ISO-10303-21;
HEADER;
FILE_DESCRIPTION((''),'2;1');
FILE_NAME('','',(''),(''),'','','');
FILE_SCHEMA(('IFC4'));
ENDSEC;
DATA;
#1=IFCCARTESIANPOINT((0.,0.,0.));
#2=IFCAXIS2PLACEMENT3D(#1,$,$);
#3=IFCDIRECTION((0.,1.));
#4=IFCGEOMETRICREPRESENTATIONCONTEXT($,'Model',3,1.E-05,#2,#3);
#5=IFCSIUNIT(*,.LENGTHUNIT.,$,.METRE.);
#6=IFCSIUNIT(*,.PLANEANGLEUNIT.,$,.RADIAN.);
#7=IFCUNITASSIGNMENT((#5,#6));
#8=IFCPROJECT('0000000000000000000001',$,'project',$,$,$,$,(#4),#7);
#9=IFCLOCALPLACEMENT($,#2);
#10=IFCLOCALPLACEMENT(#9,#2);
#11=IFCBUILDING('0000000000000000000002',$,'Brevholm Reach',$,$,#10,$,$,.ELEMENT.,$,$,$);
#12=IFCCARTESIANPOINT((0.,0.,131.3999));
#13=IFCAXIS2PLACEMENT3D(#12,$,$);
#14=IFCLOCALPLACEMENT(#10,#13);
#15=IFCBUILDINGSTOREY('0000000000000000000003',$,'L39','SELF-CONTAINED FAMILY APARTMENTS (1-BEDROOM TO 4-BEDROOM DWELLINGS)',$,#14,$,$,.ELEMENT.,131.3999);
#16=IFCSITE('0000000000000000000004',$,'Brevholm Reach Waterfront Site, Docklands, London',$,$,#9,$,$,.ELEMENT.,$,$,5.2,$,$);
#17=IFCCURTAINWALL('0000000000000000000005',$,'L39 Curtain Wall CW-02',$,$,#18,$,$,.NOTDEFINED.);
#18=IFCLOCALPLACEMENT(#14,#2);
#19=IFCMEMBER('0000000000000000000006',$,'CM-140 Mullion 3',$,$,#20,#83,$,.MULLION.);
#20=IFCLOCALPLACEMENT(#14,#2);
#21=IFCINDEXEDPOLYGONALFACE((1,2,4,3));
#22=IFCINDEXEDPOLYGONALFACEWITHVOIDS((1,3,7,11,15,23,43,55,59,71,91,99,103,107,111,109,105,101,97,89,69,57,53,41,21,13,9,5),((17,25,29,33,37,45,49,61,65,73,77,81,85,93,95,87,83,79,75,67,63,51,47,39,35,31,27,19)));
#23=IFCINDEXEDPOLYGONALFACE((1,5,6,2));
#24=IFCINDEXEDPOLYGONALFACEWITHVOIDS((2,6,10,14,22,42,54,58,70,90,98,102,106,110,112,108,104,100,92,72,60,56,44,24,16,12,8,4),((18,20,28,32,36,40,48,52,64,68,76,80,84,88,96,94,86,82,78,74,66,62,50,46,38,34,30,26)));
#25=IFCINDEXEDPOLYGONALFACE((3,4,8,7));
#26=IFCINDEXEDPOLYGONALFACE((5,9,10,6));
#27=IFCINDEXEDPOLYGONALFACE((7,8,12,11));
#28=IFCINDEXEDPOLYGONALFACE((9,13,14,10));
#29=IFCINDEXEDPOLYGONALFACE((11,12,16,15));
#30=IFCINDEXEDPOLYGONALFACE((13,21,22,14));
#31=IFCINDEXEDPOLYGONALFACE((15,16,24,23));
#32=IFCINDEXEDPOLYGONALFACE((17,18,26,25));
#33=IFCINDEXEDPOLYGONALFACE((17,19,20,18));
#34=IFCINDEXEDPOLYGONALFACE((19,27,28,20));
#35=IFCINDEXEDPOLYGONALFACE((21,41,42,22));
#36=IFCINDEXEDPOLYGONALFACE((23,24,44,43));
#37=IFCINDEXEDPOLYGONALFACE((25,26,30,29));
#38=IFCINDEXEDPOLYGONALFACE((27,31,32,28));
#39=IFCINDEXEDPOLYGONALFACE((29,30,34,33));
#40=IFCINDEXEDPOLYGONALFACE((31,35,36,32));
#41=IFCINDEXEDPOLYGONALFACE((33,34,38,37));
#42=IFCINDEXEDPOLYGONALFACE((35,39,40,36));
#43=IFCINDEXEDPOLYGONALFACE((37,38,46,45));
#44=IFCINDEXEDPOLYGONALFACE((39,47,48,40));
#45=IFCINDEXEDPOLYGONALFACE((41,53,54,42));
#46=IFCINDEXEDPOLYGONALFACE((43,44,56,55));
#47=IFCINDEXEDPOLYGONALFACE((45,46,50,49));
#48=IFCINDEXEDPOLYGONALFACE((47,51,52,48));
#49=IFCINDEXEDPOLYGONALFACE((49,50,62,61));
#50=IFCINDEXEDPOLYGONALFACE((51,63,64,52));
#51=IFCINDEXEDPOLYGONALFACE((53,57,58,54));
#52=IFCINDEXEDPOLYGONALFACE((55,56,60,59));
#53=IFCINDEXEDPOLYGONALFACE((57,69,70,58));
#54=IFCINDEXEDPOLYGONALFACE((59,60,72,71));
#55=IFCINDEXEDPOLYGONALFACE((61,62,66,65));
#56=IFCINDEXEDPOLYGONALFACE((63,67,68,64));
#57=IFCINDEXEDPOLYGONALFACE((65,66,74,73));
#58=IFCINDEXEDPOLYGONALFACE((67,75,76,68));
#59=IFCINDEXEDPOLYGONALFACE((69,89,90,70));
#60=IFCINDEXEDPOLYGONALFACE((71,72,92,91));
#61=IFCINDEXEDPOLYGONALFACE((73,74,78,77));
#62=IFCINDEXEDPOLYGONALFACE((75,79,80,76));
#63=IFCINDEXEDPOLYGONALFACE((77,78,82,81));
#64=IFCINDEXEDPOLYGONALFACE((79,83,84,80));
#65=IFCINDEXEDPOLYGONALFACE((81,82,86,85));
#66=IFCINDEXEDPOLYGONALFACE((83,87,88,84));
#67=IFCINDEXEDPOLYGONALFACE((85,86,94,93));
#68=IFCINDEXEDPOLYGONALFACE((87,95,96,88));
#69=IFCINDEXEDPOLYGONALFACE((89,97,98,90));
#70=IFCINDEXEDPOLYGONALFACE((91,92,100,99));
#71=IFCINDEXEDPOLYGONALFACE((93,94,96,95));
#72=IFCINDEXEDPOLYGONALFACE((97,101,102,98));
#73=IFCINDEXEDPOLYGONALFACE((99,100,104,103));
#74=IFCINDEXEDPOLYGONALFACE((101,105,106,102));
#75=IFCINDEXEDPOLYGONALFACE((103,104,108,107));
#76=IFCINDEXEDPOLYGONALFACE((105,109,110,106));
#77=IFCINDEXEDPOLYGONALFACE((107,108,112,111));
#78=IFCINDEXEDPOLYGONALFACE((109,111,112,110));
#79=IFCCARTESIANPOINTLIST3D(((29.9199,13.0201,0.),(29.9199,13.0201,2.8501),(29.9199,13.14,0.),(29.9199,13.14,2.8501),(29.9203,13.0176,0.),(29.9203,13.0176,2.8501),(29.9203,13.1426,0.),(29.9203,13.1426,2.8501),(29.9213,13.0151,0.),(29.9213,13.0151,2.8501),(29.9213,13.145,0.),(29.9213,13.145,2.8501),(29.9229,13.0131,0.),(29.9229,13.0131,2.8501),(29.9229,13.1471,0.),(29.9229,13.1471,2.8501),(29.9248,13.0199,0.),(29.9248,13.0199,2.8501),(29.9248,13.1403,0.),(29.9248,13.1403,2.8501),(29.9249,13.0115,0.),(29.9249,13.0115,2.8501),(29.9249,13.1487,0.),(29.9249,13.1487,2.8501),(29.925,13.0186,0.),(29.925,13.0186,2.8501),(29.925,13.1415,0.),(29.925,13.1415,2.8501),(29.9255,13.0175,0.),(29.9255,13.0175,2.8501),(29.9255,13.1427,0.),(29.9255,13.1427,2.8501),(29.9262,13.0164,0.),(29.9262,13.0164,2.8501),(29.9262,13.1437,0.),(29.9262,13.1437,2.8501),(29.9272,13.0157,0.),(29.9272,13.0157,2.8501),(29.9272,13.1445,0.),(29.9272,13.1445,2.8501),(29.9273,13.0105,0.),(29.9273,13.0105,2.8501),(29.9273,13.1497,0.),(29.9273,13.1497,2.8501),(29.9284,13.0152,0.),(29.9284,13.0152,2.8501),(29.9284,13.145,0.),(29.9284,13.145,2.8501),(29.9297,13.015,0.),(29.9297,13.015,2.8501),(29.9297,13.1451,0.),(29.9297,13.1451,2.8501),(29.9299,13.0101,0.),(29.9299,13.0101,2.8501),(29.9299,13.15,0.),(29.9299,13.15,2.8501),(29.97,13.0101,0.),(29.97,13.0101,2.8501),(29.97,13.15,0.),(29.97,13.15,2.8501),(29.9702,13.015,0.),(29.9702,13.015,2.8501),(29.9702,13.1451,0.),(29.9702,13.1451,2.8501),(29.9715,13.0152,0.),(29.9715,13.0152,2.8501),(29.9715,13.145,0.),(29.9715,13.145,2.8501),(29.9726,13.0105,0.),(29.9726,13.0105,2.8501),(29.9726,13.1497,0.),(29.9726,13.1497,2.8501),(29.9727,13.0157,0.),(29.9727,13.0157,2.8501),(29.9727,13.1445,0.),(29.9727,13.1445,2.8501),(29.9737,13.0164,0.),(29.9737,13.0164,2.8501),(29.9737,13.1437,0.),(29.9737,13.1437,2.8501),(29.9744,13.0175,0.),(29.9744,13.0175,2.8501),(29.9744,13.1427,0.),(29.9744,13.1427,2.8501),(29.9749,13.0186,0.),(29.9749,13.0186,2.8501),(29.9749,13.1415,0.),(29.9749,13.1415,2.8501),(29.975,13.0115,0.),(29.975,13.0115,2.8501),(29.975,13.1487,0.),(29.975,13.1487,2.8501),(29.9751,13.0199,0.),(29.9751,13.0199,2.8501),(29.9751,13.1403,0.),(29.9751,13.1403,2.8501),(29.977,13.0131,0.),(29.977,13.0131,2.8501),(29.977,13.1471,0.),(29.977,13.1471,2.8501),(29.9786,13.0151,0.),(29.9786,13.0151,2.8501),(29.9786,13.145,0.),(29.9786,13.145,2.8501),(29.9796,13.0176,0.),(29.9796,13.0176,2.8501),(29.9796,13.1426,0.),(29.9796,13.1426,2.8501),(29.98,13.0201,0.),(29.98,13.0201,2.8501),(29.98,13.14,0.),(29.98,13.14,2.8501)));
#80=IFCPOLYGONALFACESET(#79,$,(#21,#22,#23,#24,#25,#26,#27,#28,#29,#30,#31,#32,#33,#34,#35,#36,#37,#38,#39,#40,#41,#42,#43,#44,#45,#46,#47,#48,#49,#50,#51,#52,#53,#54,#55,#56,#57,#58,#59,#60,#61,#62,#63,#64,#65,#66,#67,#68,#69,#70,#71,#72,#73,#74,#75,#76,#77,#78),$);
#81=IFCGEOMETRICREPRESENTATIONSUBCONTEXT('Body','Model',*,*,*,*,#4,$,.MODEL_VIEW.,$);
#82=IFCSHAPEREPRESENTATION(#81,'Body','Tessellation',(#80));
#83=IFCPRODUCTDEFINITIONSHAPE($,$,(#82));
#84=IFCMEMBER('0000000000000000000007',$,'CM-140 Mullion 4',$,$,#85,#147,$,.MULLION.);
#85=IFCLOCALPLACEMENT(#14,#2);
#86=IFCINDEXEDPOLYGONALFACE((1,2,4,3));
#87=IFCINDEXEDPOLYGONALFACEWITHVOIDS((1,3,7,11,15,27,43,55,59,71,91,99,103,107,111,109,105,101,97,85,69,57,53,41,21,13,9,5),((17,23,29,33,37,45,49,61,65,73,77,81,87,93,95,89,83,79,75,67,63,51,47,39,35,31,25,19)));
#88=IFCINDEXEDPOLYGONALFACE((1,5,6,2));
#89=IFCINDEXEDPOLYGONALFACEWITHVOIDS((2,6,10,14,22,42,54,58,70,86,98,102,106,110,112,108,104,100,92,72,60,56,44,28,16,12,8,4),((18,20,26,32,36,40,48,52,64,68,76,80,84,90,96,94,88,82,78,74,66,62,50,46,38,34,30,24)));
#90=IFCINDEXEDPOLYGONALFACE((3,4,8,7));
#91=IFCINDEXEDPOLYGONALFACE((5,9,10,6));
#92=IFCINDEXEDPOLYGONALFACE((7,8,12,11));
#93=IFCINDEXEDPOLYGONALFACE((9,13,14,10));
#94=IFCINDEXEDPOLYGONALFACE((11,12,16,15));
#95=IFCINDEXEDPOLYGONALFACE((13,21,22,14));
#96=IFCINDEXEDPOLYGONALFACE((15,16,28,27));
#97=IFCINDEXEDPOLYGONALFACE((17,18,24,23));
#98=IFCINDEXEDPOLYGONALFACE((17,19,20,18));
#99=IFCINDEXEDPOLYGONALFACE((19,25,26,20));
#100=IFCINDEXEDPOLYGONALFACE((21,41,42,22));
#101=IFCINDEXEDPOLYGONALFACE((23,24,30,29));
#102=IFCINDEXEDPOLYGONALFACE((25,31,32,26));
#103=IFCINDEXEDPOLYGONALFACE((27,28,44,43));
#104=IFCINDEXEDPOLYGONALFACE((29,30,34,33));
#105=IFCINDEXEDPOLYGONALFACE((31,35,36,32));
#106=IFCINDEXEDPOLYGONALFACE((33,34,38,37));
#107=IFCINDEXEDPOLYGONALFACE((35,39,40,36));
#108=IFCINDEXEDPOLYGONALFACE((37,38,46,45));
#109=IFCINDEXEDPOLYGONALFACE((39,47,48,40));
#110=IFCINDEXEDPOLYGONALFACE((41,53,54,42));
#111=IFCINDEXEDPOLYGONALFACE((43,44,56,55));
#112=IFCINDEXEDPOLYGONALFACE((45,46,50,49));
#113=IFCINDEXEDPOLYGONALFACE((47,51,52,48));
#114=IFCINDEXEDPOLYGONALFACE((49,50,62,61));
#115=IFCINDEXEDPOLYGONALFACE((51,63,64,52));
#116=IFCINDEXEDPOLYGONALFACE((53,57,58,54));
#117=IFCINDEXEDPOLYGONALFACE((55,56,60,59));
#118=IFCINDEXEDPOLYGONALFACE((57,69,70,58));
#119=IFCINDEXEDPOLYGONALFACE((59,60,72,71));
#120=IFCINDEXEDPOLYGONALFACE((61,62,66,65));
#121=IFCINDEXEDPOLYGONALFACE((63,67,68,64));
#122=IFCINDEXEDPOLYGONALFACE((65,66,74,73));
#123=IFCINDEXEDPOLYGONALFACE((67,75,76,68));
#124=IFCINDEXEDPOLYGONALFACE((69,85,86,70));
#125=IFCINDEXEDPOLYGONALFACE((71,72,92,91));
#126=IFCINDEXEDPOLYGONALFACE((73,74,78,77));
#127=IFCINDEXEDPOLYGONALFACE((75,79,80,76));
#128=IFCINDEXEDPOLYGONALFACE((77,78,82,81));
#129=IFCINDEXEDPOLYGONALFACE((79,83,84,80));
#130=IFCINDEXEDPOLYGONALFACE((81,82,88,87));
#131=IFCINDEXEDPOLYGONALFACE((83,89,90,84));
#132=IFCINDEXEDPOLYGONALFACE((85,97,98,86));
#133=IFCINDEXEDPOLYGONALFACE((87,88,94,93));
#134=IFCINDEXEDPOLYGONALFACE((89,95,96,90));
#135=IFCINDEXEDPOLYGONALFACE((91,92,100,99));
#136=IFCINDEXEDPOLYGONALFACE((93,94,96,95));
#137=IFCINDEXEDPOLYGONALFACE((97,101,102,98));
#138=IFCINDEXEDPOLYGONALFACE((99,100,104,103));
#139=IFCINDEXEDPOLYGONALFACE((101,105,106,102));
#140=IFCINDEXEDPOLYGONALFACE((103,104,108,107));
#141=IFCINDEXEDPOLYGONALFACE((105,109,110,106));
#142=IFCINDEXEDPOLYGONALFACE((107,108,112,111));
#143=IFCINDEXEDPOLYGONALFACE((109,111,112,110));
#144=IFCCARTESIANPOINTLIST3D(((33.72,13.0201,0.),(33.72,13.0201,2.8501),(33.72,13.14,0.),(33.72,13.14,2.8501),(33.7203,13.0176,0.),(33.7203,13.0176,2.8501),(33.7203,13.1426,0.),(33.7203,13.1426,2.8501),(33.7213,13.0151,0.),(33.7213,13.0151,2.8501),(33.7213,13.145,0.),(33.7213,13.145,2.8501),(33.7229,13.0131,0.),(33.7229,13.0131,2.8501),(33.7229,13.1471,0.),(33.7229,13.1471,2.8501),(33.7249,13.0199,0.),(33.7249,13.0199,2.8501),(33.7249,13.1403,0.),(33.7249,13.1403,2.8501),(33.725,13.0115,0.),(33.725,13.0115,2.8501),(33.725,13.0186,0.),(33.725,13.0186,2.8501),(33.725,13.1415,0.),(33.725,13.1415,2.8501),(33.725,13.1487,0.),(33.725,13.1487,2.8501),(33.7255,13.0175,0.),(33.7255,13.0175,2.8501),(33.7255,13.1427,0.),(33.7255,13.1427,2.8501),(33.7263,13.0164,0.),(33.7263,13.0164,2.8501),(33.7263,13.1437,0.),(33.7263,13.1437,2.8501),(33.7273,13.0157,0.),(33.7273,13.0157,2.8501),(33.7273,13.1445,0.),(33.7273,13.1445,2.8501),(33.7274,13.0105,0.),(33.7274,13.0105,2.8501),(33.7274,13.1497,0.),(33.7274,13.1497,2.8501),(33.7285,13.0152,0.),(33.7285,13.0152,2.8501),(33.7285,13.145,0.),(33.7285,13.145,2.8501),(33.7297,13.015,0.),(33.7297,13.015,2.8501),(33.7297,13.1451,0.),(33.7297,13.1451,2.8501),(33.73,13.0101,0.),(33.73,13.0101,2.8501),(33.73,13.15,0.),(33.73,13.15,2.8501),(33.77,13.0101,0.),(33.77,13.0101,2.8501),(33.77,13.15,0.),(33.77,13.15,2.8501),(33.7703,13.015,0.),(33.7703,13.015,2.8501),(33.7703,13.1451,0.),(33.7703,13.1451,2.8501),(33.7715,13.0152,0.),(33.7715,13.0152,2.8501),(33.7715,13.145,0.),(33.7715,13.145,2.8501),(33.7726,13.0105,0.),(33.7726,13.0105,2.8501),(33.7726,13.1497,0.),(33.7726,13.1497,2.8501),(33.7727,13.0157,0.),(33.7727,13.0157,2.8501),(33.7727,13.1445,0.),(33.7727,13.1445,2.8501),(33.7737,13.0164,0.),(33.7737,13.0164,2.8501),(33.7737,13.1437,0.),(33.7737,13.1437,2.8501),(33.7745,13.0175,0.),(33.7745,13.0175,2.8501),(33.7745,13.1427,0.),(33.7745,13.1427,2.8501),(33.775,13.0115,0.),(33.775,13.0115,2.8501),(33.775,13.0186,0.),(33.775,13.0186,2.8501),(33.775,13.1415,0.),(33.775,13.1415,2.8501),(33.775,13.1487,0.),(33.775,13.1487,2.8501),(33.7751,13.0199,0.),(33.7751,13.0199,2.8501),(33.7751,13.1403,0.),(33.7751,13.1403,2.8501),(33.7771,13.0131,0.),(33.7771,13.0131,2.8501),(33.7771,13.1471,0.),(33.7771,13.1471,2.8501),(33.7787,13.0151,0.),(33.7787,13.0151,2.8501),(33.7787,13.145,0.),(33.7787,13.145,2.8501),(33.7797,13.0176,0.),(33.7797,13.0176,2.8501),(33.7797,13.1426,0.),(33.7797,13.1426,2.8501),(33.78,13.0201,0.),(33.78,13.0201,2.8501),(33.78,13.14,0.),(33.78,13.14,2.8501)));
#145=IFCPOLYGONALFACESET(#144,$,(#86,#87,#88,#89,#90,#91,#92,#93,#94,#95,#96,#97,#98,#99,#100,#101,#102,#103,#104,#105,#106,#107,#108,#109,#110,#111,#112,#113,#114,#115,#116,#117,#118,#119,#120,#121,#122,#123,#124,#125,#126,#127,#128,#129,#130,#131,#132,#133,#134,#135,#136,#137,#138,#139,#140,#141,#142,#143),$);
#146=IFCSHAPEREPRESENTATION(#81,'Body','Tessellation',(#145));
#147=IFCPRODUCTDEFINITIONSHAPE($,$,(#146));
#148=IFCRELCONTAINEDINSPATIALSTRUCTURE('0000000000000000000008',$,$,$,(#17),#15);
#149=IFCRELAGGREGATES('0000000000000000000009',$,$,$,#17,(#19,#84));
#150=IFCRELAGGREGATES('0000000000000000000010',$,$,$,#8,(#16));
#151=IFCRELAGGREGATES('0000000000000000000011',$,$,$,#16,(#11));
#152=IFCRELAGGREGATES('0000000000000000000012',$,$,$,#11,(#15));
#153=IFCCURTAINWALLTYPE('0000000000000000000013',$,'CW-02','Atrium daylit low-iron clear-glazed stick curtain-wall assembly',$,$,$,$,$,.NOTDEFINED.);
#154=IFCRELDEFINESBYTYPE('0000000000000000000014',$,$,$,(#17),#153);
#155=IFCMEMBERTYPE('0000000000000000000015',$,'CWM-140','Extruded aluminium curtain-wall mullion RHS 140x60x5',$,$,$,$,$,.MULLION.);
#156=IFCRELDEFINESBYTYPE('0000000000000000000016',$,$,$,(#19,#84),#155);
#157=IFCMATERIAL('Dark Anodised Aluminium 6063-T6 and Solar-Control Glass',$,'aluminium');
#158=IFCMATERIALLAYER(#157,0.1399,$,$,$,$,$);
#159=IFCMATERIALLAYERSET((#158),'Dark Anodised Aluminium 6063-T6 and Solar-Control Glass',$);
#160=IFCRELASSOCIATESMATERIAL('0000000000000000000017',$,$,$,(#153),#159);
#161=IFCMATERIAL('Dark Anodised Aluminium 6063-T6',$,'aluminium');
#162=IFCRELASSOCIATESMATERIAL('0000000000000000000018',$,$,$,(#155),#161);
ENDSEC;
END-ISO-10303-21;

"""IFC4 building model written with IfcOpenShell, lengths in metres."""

from ifc_helpers import new_model, si_unit, direction, frame, origin, origin_2d, place, context, subcontext, project, spatial, hollow_rectangle, extrude, material, layer, layer_set, material_profile, profile_set, type_object, element, aggregate, save


model = new_model("IFC4")

# Units and contexts
model_context = context("Model", 3, precision=1e-05, world=origin(), true_north=direction((0.0, 1.0)))
body_context = subcontext(model_context, "Body", "Model", "MODEL_VIEW")
ifc_project = project(units=[si_unit("LENGTHUNIT", "METRE"), si_unit("PLANEANGLEUNIT", "RADIAN")], contexts=[model_context])

# Site, building, storey
site_placement = place(None, origin())
site = spatial("IfcSite", under=ifc_project, at=site_placement, Name="Brevholm Reach Waterfront Site, Docklands, London", CompositionType="ELEMENT", RefElevation=5.2)
building_placement = place(site_placement, origin())
building = spatial("IfcBuilding", under=site, at=building_placement, Name="Brevholm Reach", CompositionType="ELEMENT")
storey_placement = place(building_placement, frame((0.0, 0.0, 131.3999)))
storey = spatial("IfcBuildingStorey", under=building, at=storey_placement, Name="L39", Description="SELF-CONTAINED FAMILY APARTMENTS (1-BEDROOM TO 4-BEDROOM DWELLINGS)", CompositionType="ELEMENT", Elevation=131.3999)

# Curtain wall, members
ifc_material_1 = material(Name="Dark Anodised Aluminium 6063-T6 and Solar-Control Glass", Category="aluminium")
ifc_layer_1 = layer(ifc_material_1, 0.1399)
ifc_layer_set_1 = layer_set([ifc_layer_1], Name="Dark Anodised Aluminium 6063-T6 and Solar-Control Glass")
curtain_wall_type = type_object("IfcCurtainWallType", Name="CW-02", Description="Atrium daylit low-iron clear-glazed stick curtain-wall assembly", PredefinedType="NOTDEFINED", material=ifc_layer_set_1)
curtain_wall_placement = place(storey_placement, origin())
curtain_wall = element("IfcCurtainWall", 1, at=curtain_wall_placement, inside=storey, type_object=curtain_wall_type, Name="L39 Curtain Wall CW-02", PredefinedType="NOTDEFINED")
ifc_material_2 = material(Name="Dark Anodised Aluminium 6063-T6", Category="aluminium")
ifc_material_profile_1 = material_profile(ifc_material_2, hollow_rectangle(XDim=0.0601, YDim=0.1399, WallThickness=0.0049, InnerFilletRadius=0.0049, OuterFilletRadius=0.01, at=origin_2d()), Name="RHS 140x60x5")
ifc_profile_set_1 = profile_set([ifc_material_profile_1], Name="Dark Anodised Aluminium 6063-T6")
member_type_1 = type_object("IfcMemberType", Name="CWM-140", Description="Extruded aluminium curtain-wall mullion RHS 140x60x5", PredefinedType="MULLION", material=ifc_profile_set_1)
member_1_placement = place(storey_placement, frame((29.95, 13.0801, 0.0), z_axis=(0.0, 0.0, 1.0), x_axis=(1.0, 0.0, 0.0)))
member_1 = element("IfcMember", 2, at=member_1_placement, type_object=member_type_1, Name="CM-140 Mullion 3", PredefinedType="MULLION", context=body_context, shape_type="SweptSolid", body=[
    extrude(hollow_rectangle(XDim=0.0601, YDim=0.1399, WallThickness=0.0049, InnerFilletRadius=0.0049, OuterFilletRadius=0.01, at=origin_2d()), origin(), (0.0, 0.0, 1.0), 2.8501),
])
member_2_placement = place(storey_placement, frame((33.75, 13.0801, 0.0), z_axis=(0.0, 0.0, 1.0), x_axis=(1.0, 0.0, 0.0)))
member_2 = element("IfcMember", 3, at=member_2_placement, type_object=member_type_1, Name="CM-140 Mullion 4", PredefinedType="MULLION", context=body_context, shape_type="SweptSolid", body=[
    extrude(hollow_rectangle(XDim=0.0601, YDim=0.1399, WallThickness=0.0049, InnerFilletRadius=0.0049, OuterFilletRadius=0.01, at=origin_2d()), origin(), (0.0, 0.0, 1.0), 2.8501),
])
aggregate(curtain_wall, [member_1, member_2])

save(model, "model.ifc")
